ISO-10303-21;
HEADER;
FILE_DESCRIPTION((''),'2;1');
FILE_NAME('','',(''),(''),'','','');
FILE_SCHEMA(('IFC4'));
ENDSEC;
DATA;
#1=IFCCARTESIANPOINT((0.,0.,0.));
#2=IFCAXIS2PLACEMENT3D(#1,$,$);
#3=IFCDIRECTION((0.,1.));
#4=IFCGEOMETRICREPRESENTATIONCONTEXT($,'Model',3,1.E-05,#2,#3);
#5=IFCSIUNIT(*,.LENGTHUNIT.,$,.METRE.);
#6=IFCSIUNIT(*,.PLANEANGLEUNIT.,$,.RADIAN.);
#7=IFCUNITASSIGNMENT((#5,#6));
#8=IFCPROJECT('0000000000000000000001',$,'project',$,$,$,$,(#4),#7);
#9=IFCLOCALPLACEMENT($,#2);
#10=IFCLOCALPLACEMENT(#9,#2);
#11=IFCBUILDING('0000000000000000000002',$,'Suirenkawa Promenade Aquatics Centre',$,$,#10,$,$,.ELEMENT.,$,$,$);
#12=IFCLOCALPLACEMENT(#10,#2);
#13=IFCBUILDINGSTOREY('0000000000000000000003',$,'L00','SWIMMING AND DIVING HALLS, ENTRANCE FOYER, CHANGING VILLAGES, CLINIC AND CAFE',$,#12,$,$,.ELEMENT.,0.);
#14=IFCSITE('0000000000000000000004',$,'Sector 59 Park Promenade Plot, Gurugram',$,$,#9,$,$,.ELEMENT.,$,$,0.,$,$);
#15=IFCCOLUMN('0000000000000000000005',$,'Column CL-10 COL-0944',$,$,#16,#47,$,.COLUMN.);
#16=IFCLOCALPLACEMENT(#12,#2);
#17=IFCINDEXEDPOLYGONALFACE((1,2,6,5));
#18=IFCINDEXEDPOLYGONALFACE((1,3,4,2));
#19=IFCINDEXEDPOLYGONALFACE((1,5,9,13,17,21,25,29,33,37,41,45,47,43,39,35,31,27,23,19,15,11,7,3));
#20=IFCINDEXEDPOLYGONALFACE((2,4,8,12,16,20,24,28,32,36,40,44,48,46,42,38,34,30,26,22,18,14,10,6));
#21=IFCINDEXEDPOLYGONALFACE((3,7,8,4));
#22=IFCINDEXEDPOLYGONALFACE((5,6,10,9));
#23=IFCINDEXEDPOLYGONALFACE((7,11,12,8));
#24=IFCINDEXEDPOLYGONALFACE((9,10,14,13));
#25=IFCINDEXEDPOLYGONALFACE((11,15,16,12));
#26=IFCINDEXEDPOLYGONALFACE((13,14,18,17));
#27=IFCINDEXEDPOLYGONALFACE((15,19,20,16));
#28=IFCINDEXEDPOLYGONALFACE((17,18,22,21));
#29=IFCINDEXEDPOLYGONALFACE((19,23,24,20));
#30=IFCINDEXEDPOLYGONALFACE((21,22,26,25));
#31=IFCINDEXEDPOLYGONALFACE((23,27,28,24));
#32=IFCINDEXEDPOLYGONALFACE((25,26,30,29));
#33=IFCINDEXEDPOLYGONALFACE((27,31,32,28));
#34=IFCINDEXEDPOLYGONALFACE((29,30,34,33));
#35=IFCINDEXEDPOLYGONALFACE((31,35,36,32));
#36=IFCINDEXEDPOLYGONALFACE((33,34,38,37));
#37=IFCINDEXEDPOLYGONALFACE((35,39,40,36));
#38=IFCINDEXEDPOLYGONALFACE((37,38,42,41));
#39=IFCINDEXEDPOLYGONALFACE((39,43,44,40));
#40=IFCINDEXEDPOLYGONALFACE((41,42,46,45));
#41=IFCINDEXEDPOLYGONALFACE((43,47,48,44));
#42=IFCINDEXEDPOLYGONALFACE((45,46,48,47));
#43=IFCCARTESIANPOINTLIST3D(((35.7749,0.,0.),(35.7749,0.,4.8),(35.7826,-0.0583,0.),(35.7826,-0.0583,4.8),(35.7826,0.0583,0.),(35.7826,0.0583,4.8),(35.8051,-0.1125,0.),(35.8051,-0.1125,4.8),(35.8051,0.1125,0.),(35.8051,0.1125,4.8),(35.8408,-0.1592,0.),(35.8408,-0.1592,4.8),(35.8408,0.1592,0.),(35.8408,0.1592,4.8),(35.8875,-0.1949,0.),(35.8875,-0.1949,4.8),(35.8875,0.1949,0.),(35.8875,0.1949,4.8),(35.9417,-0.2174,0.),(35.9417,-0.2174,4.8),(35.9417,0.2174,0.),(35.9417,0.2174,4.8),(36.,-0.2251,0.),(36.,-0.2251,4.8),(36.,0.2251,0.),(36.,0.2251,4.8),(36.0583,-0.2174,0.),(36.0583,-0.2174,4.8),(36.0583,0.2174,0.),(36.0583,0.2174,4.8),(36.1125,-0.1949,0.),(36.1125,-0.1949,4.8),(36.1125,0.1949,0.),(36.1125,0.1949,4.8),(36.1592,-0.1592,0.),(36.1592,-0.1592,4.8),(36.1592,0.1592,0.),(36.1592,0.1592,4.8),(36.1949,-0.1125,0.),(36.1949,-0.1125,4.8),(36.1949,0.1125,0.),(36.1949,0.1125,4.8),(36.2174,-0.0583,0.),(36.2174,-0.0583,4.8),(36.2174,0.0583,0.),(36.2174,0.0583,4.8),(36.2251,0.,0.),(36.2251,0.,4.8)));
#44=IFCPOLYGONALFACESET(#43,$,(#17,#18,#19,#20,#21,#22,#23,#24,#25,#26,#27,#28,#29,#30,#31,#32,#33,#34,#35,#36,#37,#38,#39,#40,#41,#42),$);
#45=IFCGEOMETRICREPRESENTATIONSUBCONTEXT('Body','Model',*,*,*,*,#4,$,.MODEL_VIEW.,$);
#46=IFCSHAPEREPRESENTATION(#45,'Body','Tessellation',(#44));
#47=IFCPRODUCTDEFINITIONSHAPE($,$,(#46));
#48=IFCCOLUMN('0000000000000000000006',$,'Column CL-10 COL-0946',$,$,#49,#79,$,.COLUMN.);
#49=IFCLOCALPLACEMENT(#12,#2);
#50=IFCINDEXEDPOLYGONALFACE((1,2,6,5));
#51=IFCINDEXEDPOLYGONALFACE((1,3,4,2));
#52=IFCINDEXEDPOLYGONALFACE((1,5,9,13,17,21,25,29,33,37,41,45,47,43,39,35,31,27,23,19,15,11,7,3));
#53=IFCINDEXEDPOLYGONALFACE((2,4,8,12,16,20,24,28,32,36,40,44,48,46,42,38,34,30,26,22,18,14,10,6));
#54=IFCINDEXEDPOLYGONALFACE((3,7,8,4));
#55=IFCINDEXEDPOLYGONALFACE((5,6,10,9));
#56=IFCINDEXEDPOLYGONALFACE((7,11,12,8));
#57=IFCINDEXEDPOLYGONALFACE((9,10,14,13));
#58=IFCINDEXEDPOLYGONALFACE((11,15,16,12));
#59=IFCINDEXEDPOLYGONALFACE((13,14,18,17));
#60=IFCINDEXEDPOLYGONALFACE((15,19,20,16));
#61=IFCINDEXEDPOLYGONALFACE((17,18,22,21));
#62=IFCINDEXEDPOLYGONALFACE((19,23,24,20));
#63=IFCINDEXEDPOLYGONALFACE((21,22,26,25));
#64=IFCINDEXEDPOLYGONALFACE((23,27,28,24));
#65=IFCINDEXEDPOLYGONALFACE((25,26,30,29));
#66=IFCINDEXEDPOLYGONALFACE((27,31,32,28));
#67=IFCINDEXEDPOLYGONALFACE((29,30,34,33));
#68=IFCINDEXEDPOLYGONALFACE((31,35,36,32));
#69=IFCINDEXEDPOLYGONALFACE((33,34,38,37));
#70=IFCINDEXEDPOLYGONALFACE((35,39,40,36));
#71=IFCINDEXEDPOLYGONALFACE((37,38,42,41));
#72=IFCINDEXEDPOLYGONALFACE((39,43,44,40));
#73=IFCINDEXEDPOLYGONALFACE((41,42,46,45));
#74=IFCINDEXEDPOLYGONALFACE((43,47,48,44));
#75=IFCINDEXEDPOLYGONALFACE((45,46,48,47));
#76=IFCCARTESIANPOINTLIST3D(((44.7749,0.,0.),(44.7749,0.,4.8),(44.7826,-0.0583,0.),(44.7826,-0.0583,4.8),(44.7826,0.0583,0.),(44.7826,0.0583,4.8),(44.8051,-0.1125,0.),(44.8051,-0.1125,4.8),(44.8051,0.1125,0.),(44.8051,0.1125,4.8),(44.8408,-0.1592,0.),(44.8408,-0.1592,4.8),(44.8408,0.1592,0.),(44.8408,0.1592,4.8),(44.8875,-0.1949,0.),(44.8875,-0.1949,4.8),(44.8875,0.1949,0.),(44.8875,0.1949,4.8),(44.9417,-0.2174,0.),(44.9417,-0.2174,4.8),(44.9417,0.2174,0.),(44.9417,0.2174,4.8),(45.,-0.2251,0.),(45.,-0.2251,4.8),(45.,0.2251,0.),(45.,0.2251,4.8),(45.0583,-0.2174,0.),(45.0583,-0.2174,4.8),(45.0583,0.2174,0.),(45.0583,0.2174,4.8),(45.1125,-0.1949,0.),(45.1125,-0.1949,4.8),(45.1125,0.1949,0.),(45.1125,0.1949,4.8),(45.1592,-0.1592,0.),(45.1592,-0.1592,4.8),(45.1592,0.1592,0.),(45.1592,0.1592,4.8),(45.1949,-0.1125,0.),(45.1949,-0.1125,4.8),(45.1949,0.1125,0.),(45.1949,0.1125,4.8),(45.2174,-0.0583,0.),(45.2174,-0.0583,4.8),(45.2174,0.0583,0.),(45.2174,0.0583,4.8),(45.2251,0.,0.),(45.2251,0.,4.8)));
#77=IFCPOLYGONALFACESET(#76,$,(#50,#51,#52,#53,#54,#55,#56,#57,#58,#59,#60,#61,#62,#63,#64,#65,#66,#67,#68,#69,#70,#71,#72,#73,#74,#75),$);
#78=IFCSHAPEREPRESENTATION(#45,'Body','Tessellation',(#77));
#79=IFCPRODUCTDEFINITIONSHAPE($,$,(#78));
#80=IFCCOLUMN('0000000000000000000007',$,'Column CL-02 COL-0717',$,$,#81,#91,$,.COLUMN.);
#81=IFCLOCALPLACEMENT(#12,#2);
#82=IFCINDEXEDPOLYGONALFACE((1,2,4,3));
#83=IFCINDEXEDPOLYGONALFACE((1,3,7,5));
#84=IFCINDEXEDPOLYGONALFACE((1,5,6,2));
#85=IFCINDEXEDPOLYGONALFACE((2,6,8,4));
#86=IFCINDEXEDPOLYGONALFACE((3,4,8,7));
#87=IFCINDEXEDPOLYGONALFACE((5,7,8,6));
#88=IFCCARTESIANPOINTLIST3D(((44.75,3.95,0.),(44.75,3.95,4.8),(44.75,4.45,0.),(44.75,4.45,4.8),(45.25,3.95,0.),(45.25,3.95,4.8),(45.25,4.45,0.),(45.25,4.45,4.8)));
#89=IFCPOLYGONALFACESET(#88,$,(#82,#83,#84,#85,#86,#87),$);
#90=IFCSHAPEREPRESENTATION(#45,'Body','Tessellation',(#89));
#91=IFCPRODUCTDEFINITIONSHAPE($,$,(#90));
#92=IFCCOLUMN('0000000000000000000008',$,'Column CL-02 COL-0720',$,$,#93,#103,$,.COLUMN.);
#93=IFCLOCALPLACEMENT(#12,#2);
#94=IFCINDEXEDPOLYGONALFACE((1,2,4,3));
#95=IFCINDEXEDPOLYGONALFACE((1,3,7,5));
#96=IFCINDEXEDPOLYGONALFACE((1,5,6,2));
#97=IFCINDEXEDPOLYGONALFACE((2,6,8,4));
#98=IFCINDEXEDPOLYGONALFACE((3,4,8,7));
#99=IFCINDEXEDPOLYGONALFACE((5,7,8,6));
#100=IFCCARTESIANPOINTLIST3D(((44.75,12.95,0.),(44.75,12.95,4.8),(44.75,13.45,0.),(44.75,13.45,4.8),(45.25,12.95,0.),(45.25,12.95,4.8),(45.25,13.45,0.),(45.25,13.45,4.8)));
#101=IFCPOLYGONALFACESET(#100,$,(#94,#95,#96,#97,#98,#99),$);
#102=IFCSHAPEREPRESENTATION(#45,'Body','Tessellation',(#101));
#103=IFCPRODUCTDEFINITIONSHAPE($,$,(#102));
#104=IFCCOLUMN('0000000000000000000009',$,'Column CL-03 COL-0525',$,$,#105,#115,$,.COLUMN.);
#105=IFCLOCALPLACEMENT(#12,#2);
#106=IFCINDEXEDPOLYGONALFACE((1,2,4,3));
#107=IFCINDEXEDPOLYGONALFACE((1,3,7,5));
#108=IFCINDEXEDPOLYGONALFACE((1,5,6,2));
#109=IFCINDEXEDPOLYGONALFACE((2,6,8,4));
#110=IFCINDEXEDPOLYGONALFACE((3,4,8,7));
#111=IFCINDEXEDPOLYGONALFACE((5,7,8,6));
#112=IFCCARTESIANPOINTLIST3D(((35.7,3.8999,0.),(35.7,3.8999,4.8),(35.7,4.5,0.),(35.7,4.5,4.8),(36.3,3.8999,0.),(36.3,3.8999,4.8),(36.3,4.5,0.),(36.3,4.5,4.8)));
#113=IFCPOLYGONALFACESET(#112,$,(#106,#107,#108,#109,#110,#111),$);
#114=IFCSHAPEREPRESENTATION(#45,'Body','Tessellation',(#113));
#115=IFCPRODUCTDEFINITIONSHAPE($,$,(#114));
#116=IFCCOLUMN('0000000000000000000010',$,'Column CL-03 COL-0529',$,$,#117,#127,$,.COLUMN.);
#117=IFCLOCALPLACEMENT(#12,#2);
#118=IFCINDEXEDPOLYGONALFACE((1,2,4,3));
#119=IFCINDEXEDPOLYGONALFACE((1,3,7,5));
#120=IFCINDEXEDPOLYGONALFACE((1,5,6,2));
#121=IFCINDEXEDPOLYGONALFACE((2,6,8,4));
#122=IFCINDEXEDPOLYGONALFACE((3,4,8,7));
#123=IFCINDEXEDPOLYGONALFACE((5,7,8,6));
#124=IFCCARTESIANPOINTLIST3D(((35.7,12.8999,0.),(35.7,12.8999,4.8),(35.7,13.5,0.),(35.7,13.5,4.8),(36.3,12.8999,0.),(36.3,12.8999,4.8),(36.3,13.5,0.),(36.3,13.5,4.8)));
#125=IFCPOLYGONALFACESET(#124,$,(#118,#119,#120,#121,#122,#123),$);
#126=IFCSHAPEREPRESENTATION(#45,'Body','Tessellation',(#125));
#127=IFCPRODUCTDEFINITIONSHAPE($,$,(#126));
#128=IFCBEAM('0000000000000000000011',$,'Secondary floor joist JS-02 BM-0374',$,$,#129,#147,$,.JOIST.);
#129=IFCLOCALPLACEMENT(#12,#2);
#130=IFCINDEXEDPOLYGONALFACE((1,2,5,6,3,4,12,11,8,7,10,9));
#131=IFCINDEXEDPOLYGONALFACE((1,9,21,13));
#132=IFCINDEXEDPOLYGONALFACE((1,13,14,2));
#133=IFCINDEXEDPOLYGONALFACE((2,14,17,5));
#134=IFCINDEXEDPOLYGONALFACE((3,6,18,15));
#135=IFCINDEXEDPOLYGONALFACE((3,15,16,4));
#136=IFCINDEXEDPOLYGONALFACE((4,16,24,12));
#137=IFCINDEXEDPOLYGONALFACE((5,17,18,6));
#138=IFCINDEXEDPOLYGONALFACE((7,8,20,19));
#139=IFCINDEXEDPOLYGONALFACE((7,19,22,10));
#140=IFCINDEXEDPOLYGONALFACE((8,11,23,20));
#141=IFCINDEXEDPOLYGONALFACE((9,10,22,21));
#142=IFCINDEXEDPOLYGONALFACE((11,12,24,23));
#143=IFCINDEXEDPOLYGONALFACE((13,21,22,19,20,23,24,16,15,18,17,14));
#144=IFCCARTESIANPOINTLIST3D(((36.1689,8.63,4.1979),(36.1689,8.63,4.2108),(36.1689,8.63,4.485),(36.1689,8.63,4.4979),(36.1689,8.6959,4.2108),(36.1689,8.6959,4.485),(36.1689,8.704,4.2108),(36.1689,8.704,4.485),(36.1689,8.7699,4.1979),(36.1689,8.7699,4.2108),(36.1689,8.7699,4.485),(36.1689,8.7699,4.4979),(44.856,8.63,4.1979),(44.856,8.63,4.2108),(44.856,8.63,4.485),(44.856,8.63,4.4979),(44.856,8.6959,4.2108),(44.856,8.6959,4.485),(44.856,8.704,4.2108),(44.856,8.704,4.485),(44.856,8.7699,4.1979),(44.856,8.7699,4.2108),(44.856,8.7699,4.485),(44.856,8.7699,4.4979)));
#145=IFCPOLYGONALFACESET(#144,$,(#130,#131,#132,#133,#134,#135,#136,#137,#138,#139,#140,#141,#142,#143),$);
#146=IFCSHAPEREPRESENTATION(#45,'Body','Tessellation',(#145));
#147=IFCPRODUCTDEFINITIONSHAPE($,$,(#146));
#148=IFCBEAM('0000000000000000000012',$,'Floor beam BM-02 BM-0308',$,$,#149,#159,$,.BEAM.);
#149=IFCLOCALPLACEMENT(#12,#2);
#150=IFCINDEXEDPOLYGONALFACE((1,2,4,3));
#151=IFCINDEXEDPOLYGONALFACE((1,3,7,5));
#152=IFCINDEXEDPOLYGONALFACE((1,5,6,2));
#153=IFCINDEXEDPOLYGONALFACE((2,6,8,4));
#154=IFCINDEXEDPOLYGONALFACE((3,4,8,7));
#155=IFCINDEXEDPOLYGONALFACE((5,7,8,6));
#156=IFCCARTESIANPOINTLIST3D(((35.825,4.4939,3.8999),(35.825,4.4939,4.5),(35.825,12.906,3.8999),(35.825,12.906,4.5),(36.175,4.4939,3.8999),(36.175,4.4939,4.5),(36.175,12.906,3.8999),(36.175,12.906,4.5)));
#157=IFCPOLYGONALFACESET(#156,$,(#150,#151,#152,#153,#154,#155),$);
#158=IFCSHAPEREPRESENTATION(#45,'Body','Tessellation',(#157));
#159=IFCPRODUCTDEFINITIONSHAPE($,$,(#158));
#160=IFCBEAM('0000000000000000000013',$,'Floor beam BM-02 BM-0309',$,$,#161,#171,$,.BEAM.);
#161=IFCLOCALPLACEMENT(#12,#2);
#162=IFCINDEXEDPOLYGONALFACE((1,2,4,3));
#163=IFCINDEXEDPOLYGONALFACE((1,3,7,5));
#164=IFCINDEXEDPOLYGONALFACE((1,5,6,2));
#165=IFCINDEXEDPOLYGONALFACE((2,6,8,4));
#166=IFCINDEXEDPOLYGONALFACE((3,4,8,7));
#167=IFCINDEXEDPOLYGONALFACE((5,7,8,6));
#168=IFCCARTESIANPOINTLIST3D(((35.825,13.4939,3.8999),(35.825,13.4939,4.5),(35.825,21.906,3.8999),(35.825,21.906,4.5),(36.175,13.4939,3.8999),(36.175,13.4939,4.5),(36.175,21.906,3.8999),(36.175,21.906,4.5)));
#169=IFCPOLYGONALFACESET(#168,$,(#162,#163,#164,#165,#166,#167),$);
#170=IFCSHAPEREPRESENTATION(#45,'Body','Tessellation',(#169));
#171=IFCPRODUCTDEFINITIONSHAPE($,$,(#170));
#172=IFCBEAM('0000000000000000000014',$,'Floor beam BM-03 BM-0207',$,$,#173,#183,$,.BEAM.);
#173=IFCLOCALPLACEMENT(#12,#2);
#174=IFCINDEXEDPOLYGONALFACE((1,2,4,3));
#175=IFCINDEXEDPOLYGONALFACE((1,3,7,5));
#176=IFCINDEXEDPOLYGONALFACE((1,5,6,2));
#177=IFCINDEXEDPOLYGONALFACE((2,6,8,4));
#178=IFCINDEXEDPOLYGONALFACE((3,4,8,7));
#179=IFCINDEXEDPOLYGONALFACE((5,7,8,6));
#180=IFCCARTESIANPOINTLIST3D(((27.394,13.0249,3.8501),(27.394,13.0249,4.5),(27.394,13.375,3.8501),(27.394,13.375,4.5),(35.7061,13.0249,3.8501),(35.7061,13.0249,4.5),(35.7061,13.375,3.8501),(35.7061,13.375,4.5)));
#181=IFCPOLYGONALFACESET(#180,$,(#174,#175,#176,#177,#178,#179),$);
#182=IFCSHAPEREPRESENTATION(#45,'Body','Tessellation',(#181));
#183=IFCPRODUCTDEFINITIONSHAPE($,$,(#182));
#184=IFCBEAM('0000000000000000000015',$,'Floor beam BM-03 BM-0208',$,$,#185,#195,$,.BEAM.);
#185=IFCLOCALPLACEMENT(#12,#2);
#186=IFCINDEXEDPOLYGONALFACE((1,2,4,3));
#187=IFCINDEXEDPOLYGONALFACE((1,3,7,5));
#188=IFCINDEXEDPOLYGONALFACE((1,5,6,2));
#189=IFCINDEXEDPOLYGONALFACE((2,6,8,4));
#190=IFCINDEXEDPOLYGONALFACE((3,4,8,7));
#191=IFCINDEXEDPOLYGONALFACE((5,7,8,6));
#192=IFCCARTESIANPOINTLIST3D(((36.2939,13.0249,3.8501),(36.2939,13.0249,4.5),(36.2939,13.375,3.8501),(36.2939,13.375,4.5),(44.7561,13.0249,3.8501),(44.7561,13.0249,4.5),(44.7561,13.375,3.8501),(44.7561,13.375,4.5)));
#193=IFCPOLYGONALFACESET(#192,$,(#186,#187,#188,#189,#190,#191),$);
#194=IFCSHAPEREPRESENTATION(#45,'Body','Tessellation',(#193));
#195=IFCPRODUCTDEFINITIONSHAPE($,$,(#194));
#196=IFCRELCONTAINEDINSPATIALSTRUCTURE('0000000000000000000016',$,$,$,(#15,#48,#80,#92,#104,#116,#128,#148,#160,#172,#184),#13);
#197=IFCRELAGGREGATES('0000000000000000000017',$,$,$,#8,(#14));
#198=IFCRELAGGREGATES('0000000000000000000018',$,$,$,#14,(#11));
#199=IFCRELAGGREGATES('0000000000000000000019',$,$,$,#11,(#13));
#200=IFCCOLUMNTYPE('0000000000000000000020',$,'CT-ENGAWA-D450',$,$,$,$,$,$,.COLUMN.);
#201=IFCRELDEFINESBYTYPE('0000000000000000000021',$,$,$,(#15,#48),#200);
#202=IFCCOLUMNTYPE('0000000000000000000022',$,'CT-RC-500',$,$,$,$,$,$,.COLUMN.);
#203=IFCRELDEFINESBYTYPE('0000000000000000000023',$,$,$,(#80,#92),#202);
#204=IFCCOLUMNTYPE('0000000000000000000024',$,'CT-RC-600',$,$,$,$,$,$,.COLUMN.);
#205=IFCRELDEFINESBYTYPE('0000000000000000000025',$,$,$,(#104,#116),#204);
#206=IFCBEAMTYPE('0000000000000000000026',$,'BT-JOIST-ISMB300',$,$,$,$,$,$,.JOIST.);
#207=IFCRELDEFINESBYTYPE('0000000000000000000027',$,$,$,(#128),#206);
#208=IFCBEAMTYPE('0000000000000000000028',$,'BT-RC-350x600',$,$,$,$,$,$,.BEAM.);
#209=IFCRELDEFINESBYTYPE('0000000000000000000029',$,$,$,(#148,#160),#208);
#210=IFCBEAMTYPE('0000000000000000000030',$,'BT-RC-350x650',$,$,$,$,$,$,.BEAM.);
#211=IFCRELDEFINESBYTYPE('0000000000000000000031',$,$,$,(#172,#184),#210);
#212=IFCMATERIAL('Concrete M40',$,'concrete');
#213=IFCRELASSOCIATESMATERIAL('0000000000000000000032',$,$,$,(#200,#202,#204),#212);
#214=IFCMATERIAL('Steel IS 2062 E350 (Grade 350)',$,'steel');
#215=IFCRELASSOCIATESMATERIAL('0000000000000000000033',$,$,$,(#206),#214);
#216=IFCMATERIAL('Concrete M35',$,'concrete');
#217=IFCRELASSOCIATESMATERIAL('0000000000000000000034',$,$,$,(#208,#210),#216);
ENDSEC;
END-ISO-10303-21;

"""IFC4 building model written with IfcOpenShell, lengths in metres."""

from ifc_helpers import new_model, si_unit, direction, frame, origin, origin_2d, place, context, subcontext, project, spatial, rectangle, circle, i_section, extrude, material, material_profile, profile_set, type_object, element, save


model = new_model("IFC4")

# Units and contexts
model_context = context("Model", 3, precision=1e-05, world=origin(), true_north=direction((0.0, 1.0)))
body_context = subcontext(model_context, "Body", "Model", "MODEL_VIEW")
ifc_project = project(units=[si_unit("LENGTHUNIT", "METRE"), si_unit("PLANEANGLEUNIT", "RADIAN")], contexts=[model_context])

# Site, building, storey
site_placement = place(None, origin())
site = spatial("IfcSite", under=ifc_project, at=site_placement, Name="Sector 59 Park Promenade Plot, Gurugram", CompositionType="ELEMENT", RefElevation=0.0)
building_placement = place(site_placement, origin())
building = spatial("IfcBuilding", under=site, at=building_placement, Name="Suirenkawa Promenade Aquatics Centre", CompositionType="ELEMENT")
storey_placement = place(building_placement, origin())
storey = spatial("IfcBuildingStorey", under=building, at=storey_placement, Name="L00", Description="SWIMMING AND DIVING HALLS, ENTRANCE FOYER, CHANGING VILLAGES, CLINIC AND CAFE", CompositionType="ELEMENT", Elevation=0.0)

# Columns
ifc_material_1 = material(Name="Concrete M40", Category="concrete")
ifc_material_profile_1 = material_profile(ifc_material_1, circle(Radius=0.2251, at=origin_2d()), Name="RC ENGAWA D450", Category="concrete")
ifc_profile_set_1 = profile_set([ifc_material_profile_1], Name="Concrete M40")
column_type_1 = type_object("IfcColumnType", Name="CT-ENGAWA-D450", PredefinedType="COLUMN", material=ifc_profile_set_1)
for number, where, z_axis, x_axis, name in (
    (1, (36.0, 0.0, 0.0), (0.0, 0.0, 1.0), (1.0, 0.0, 0.0), "Column CL-10 COL-0944"),
    (2, (45.0, 0.0, 0.0), (0.0, 0.0, 1.0), (1.0, 0.0, 0.0), "Column CL-10 COL-0946"),
):
    element("IfcColumn", number, at=place(storey_placement, frame(where, z_axis=z_axis, x_axis=x_axis)), inside=storey, type_object=column_type_1, Name=name, PredefinedType="COLUMN", context=body_context, shape_type="SweptSolid", body=[
        extrude(circle(Radius=0.2251, at=origin_2d()), origin(), (0.0, 0.0, 1.0), 4.8),
    ])
ifc_material_profile_2 = material_profile(ifc_material_1, rectangle(XDim=0.5, YDim=0.5, at=origin_2d()), Name="RC COL 500x500", Category="concrete")
ifc_profile_set_2 = profile_set([ifc_material_profile_2], Name="Concrete M40")
column_type_2 = type_object("IfcColumnType", Name="CT-RC-500", PredefinedType="COLUMN", material=ifc_profile_set_2)
for number, where, z_axis, x_axis, name in (
    (3, (45.0, 4.2, 0.0), (0.0, 0.0, 1.0), (1.0, 0.0, 0.0), "Column CL-02 COL-0717"),
    (4, (45.0, 13.2, 0.0), (0.0, 0.0, 1.0), (1.0, 0.0, 0.0), "Column CL-02 COL-0720"),
):
    element("IfcColumn", number, at=place(storey_placement, frame(where, z_axis=z_axis, x_axis=x_axis)), inside=storey, type_object=column_type_2, Name=name, PredefinedType="COLUMN", context=body_context, shape_type="SweptSolid", body=[
        extrude(rectangle(XDim=0.5, YDim=0.5, at=origin_2d()), origin(), (0.0, 0.0, 1.0), 4.8),
    ])
ifc_material_profile_3 = material_profile(ifc_material_1, rectangle(XDim=0.6001, YDim=0.6001, at=origin_2d()), Name="RC COL 600x600", Category="concrete")
ifc_profile_set_3 = profile_set([ifc_material_profile_3], Name="Concrete M40")
column_type_3 = type_object("IfcColumnType", Name="CT-RC-600", PredefinedType="COLUMN", material=ifc_profile_set_3)
for number, where, z_axis, x_axis, name in (
    (5, (36.0, 4.2, 0.0), (0.0, 0.0, 1.0), (1.0, 0.0, 0.0), "Column CL-03 COL-0525"),
    (6, (36.0, 13.2, 0.0), (0.0, 0.0, 1.0), (1.0, 0.0, 0.0), "Column CL-03 COL-0529"),
):
    element("IfcColumn", number, at=place(storey_placement, frame(where, z_axis=z_axis, x_axis=x_axis)), inside=storey, type_object=column_type_3, Name=name, PredefinedType="COLUMN", context=body_context, shape_type="SweptSolid", body=[
        extrude(rectangle(XDim=0.6001, YDim=0.6001, at=origin_2d()), origin(), (0.0, 0.0, 1.0), 4.8),
    ])

# Beams
ifc_material_2 = material(Name="Steel IS 2062 E350 (Grade 350)", Category="steel")
ifc_material_profile_4 = material_profile(ifc_material_2, i_section(OverallWidth=0.1399, OverallDepth=0.3, WebThickness=0.0081, FlangeThickness=0.0129, at=origin_2d()), Name="ISMB 300", Category="steel")
ifc_profile_set_4 = profile_set([ifc_material_profile_4], Name="Steel IS 2062 E350 (Grade 350)")
beam_type_1 = type_object("IfcBeamType", Name="BT-JOIST-ISMB300", PredefinedType="JOIST", material=ifc_profile_set_4)
beam_1_placement = place(storey_placement, frame((36.1689, 8.7, 4.3479), z_axis=(1.0, 0.0, 0.0), x_axis=(0.0, 1.0, 0.0)))
element("IfcBeam", 7, at=beam_1_placement, inside=storey, type_object=beam_type_1, Name="Secondary floor joist JS-02 BM-0374", PredefinedType="JOIST", context=body_context, shape_type="SweptSolid", body=[
    extrude(i_section(OverallWidth=0.1399, OverallDepth=0.3, WebThickness=0.0081, FlangeThickness=0.0129, at=origin_2d()), origin(), (0.0, 0.0, 1.0), 8.687),
])
ifc_material_3 = material(Name="Concrete M35", Category="concrete")
ifc_material_profile_5 = material_profile(ifc_material_3, rectangle(XDim=0.3501, YDim=0.6001, at=origin_2d()), Name="RC BM 350x600", Category="concrete")
ifc_profile_set_5 = profile_set([ifc_material_profile_5], Name="Concrete M35")
beam_type_2 = type_object("IfcBeamType", Name="BT-RC-350x600", PredefinedType="BEAM", material=ifc_profile_set_5)
for number, where, z_axis, x_axis, name in (
    (8, (36.0, 4.4939, 4.2), (0.0, 1.0, 0.0), (-1.0, 0.0, 0.0), "Floor beam BM-02 BM-0308"),
    (9, (36.0, 13.4939, 4.2), (0.0, 1.0, 0.0), (-1.0, 0.0, 0.0), "Floor beam BM-02 BM-0309"),
):
    element("IfcBeam", number, at=place(storey_placement, frame(where, z_axis=z_axis, x_axis=x_axis)), inside=storey, type_object=beam_type_2, Name=name, PredefinedType="BEAM", context=body_context, shape_type="SweptSolid", body=[
        extrude(rectangle(XDim=0.3501, YDim=0.6001, at=origin_2d()), origin(), (0.0, 0.0, 1.0), 8.4121),
    ])
ifc_material_profile_6 = material_profile(ifc_material_3, rectangle(XDim=0.3501, YDim=0.6499, at=origin_2d()), Name="RC BM 350x650", Category="concrete")
ifc_profile_set_6 = profile_set([ifc_material_profile_6], Name="Concrete M35")
beam_type_3 = type_object("IfcBeamType", Name="BT-RC-350x650", PredefinedType="BEAM", material=ifc_profile_set_6)
beam_2_placement = place(storey_placement, frame((27.394, 13.2, 4.175), z_axis=(1.0, 0.0, 0.0), x_axis=(0.0, 1.0, 0.0)))
element("IfcBeam", 10, at=beam_2_placement, inside=storey, type_object=beam_type_3, Name="Floor beam BM-03 BM-0207", PredefinedType="BEAM", context=body_context, shape_type="SweptSolid", body=[
    extrude(rectangle(XDim=0.3501, YDim=0.6499, at=origin_2d()), origin(), (0.0, 0.0, 1.0), 8.312),
])
beam_3_placement = place(storey_placement, frame((36.2939, 13.2, 4.175), z_axis=(1.0, 0.0, 0.0), x_axis=(0.0, 1.0, 0.0)))
element("IfcBeam", 11, at=beam_3_placement, inside=storey, type_object=beam_type_3, Name="Floor beam BM-03 BM-0208", PredefinedType="BEAM", context=body_context, shape_type="SweptSolid", body=[
    extrude(rectangle(XDim=0.3501, YDim=0.6499, at=origin_2d()), origin(), (0.0, 0.0, 1.0), 8.4622),
])

save(model, "model.ifc")
